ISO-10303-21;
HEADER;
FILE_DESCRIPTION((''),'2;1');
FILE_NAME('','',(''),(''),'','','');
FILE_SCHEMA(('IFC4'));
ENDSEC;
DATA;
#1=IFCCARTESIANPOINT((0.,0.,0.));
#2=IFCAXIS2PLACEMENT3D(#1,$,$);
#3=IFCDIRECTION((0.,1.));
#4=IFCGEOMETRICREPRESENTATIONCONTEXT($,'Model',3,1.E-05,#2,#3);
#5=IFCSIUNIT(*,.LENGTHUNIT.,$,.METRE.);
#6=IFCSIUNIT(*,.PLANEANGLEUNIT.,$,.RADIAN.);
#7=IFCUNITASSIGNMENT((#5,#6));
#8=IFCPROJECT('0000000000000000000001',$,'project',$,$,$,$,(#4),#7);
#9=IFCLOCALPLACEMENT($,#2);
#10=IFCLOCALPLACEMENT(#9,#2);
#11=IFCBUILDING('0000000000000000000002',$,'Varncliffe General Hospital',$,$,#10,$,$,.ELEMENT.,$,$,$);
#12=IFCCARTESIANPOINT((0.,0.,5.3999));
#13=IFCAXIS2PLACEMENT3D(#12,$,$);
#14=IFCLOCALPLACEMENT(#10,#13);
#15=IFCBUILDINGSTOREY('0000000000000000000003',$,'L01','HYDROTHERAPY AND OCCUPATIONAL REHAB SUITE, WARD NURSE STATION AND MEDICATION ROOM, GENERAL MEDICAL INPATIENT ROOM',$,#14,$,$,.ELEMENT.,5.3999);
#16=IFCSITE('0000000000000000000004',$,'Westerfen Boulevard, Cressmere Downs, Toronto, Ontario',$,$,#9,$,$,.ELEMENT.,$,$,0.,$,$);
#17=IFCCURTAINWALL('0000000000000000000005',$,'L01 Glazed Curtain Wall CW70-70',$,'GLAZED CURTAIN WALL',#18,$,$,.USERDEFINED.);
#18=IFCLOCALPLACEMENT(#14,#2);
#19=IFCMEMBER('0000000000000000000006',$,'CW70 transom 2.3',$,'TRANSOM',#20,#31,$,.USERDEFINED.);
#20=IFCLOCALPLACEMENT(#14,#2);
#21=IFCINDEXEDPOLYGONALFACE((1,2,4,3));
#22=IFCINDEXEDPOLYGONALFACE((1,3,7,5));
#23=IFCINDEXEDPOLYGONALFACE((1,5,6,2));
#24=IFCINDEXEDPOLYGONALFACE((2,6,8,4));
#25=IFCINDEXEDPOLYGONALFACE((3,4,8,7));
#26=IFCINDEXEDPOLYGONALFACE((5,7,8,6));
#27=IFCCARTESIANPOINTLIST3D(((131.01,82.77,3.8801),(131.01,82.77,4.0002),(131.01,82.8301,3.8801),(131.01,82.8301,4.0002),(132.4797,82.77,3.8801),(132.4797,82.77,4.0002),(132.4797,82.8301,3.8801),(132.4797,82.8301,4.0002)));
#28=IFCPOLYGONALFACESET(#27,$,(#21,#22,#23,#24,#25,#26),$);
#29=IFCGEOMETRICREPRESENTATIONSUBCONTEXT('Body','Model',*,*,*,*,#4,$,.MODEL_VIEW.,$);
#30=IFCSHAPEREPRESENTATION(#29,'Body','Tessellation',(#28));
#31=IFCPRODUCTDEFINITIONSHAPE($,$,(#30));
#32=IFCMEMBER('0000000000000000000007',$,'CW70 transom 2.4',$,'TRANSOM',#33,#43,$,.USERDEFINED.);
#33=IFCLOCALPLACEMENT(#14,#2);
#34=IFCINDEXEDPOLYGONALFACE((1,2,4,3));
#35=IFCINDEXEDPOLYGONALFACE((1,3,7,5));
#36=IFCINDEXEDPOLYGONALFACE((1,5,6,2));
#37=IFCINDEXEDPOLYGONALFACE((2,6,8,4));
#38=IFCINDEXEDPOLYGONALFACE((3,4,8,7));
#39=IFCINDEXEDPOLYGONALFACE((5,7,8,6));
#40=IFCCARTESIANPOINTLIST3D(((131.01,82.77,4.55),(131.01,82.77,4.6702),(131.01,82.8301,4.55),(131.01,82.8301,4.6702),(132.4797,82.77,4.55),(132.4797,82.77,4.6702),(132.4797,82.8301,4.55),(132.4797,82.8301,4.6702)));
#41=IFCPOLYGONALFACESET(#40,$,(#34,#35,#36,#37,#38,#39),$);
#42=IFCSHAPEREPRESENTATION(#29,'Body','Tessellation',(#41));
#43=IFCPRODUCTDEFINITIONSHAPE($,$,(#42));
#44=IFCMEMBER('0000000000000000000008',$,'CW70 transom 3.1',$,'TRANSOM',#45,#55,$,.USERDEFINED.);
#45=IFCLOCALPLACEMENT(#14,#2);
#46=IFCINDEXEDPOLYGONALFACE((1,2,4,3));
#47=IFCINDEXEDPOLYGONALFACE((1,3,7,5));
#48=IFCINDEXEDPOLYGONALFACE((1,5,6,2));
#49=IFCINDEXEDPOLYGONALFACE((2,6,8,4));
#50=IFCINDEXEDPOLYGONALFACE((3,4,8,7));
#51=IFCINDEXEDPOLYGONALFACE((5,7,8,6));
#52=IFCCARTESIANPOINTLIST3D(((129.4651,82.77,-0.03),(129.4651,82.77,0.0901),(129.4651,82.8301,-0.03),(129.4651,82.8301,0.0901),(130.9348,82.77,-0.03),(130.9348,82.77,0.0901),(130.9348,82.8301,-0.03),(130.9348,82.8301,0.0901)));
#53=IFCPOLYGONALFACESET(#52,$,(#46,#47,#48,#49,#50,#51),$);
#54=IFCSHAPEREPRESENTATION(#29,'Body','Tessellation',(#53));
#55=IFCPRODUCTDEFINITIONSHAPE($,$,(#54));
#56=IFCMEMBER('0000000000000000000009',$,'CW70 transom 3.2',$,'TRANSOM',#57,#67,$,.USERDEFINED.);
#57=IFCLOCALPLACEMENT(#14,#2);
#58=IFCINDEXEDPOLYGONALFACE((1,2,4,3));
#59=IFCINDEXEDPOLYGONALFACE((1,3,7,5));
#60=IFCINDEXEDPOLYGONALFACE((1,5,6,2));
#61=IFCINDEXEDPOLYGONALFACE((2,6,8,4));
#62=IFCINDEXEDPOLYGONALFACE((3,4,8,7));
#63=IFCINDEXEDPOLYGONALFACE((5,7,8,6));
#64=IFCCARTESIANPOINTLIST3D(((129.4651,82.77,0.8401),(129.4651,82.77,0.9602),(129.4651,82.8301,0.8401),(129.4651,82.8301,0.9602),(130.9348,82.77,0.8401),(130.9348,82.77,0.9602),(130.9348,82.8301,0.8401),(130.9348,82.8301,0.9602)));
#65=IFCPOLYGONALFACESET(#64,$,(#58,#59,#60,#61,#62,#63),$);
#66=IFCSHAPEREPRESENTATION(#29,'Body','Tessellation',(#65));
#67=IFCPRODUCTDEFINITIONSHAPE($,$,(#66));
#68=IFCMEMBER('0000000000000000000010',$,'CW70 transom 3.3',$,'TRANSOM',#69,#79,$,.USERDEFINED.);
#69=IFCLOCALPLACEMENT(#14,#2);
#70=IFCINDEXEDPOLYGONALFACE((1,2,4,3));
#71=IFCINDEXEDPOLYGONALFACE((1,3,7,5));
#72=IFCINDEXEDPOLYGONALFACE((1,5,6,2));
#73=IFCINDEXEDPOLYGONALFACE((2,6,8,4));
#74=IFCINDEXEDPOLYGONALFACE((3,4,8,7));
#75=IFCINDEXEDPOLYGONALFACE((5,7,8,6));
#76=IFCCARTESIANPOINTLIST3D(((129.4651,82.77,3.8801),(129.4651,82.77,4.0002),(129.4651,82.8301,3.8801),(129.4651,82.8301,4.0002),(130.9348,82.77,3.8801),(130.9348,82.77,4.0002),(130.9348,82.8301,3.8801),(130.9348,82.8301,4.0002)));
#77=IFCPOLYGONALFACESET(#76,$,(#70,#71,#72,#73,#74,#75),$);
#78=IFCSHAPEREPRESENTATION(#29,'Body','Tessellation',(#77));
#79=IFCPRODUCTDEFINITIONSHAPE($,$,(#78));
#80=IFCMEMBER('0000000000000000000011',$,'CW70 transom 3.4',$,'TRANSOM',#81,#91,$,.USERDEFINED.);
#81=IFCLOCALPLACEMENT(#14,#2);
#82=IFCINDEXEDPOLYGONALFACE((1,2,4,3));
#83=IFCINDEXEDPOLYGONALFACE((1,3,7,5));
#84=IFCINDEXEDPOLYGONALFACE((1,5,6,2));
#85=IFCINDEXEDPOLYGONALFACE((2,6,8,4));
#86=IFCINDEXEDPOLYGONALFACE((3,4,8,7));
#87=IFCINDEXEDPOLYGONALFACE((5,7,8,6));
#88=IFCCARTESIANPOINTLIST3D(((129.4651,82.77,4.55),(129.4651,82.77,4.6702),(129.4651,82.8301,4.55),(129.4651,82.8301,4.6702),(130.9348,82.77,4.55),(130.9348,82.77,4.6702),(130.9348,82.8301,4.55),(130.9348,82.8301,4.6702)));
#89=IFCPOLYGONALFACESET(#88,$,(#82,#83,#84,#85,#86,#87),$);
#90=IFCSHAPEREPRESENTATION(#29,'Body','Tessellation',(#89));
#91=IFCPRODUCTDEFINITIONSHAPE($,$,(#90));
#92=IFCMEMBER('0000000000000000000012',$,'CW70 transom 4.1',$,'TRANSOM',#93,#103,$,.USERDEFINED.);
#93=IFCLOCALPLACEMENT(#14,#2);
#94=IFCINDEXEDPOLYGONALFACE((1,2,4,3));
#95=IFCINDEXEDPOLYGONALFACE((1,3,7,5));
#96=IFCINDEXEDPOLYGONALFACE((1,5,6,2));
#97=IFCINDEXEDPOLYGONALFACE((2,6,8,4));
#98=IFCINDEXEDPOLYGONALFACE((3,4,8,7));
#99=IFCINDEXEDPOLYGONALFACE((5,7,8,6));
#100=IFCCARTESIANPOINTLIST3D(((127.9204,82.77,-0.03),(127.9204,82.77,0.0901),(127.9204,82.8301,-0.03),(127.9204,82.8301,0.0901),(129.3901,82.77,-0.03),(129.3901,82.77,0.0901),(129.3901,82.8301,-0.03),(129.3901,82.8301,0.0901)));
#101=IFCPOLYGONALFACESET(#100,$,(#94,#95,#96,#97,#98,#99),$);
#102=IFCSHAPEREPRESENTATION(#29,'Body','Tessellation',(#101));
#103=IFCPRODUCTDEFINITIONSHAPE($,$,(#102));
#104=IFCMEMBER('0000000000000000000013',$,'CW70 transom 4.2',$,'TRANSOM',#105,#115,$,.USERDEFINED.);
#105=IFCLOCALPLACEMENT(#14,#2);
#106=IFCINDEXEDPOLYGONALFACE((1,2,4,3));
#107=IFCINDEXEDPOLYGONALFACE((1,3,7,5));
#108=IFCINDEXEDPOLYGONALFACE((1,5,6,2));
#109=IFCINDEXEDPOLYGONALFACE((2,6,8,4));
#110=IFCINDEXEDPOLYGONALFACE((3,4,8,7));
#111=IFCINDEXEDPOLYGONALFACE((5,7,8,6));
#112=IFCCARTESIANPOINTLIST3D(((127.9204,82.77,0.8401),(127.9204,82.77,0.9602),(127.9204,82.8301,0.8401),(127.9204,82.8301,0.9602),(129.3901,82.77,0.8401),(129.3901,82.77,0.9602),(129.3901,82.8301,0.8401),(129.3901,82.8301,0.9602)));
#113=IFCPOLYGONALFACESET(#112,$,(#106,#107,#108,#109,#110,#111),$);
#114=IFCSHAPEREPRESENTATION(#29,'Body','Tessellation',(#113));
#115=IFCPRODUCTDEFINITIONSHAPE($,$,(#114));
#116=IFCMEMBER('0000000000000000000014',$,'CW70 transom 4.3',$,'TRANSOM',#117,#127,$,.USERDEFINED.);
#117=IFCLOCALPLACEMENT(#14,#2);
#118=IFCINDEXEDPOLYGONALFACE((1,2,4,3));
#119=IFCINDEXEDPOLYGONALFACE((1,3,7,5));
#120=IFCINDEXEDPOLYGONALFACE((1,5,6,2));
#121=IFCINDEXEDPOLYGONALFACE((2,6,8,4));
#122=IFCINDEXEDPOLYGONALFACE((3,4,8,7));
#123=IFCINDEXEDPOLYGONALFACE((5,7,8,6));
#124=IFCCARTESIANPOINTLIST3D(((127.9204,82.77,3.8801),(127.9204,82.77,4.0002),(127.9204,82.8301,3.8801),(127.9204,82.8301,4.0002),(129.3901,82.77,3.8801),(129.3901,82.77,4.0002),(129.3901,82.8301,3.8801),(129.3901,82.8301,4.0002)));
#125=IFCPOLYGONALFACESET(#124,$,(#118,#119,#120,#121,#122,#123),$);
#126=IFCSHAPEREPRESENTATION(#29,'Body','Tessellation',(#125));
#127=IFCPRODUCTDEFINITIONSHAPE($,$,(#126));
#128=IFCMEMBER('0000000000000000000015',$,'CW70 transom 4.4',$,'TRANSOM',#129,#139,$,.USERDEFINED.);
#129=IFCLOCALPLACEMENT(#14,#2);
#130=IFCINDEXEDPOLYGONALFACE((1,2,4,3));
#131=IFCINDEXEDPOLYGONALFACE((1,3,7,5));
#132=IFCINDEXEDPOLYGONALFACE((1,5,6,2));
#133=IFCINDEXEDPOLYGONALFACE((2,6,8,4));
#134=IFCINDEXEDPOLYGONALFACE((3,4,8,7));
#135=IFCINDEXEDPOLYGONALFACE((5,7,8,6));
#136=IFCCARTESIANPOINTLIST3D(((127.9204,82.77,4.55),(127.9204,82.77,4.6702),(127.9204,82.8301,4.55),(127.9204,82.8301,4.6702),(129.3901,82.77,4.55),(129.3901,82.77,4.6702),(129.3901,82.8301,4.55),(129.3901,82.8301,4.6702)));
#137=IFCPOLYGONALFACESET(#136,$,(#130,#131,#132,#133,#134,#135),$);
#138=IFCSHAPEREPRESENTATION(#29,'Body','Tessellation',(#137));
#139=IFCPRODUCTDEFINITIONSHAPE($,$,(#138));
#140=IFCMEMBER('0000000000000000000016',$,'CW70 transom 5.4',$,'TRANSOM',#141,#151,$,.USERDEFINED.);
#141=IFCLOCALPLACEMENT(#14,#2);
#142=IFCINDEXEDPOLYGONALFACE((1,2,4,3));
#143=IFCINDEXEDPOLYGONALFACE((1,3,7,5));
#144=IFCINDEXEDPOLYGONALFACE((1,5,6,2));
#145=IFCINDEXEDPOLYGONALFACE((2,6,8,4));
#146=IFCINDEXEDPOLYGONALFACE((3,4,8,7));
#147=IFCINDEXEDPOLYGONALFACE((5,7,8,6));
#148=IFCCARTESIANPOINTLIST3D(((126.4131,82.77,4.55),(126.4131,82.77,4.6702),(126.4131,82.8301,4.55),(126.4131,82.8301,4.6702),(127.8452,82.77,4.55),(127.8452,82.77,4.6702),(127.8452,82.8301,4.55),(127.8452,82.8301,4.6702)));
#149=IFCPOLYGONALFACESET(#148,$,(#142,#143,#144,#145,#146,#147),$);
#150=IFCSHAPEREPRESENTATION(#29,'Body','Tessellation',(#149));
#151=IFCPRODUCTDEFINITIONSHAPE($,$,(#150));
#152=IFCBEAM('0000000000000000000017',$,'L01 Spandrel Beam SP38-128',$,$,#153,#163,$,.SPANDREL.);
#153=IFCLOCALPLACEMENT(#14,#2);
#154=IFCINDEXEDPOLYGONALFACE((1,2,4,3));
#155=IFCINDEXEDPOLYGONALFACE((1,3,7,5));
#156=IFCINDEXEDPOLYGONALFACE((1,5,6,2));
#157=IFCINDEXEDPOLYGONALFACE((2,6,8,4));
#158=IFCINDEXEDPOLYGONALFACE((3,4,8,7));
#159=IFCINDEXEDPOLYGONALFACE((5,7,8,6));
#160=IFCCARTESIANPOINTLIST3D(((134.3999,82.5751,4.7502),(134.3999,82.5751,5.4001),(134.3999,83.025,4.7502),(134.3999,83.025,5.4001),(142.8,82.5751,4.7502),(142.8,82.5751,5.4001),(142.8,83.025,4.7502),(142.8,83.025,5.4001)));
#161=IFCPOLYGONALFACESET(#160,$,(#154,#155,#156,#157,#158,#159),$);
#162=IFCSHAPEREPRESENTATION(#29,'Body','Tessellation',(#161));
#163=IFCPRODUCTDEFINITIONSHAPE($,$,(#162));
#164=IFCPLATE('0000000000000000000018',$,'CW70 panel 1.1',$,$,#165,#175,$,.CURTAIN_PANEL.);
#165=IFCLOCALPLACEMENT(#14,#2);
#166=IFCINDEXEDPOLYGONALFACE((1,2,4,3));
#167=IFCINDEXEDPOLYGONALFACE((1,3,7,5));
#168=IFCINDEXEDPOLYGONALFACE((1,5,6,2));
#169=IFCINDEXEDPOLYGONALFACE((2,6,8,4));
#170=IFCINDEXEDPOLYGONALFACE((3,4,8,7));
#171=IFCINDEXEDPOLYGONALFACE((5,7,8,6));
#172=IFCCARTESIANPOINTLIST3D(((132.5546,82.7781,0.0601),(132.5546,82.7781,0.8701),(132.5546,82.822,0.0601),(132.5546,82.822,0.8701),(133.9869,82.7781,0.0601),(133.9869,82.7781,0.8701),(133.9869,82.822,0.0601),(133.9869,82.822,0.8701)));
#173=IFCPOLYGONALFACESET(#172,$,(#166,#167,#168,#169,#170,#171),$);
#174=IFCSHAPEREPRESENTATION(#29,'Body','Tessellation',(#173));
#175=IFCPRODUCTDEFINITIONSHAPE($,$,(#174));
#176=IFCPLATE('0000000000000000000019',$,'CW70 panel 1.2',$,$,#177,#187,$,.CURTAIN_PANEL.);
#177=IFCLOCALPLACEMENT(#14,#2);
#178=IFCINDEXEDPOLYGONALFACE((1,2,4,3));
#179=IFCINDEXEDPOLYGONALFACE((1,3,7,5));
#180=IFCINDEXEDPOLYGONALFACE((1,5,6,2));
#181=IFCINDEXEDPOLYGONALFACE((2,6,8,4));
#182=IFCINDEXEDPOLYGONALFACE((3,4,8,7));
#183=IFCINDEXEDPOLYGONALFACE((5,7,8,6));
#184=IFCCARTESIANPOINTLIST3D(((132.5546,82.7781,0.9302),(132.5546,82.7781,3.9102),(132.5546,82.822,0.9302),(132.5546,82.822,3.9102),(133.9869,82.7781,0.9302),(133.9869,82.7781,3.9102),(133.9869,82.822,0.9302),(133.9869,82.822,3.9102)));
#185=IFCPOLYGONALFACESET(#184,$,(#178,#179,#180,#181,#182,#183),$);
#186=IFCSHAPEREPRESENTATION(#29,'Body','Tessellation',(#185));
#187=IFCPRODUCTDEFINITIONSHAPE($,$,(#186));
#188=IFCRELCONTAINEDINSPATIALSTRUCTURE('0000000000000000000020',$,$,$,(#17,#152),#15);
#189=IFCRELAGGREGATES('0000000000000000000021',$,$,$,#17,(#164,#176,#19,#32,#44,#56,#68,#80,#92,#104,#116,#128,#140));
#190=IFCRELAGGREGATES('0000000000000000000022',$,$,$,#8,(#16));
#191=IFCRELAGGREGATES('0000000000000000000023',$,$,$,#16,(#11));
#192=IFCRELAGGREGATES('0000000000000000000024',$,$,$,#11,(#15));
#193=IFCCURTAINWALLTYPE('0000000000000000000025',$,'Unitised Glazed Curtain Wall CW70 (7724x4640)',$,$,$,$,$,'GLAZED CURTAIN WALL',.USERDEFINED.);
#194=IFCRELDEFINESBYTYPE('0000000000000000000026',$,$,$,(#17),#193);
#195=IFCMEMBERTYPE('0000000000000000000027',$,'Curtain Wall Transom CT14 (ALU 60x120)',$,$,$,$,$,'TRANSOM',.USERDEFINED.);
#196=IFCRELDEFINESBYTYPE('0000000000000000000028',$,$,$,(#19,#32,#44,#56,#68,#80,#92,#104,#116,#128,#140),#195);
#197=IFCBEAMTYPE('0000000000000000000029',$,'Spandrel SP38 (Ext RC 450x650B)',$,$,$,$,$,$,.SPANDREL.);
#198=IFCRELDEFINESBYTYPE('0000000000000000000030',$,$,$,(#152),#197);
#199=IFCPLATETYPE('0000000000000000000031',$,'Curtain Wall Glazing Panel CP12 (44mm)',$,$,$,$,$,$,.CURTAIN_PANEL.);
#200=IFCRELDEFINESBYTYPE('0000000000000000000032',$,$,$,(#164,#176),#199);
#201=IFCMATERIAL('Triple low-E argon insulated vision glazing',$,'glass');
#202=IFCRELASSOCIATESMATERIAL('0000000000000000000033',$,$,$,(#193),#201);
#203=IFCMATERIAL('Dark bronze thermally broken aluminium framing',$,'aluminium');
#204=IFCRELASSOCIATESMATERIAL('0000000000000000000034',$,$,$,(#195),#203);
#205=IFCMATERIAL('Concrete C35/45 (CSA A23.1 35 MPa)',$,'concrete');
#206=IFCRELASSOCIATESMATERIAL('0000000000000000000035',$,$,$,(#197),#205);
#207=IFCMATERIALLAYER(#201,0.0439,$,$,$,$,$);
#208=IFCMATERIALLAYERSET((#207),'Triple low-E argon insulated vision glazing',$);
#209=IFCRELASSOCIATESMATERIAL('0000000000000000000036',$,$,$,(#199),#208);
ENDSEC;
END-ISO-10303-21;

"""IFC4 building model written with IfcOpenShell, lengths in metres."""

from ifc_helpers import new_model, si_unit, direction, frame, origin, origin_2d, place, context, subcontext, project, spatial, rectangle, extrude, material, layer, layer_set, material_profile, profile_set, type_object, element, aggregate, save


model = new_model("IFC4")

# Units and contexts
model_context = context("Model", 3, precision=1e-05, world=origin(), true_north=direction((0.0, 1.0)))
body_context = subcontext(model_context, "Body", "Model", "MODEL_VIEW")
ifc_project = project(units=[si_unit("LENGTHUNIT", "METRE"), si_unit("PLANEANGLEUNIT", "RADIAN")], contexts=[model_context])

# Site, building, storey
site_placement = place(None, origin())
site = spatial("IfcSite", under=ifc_project, at=site_placement, Name="Westerfen Boulevard, Cressmere Downs, Toronto, Ontario", CompositionType="ELEMENT", RefElevation=0.0)
building_placement = place(site_placement, origin())
building = spatial("IfcBuilding", under=site, at=building_placement, Name="Varncliffe General Hospital", CompositionType="ELEMENT")
storey_placement = place(building_placement, frame((0.0, 0.0, 5.3999)))
storey = spatial("IfcBuildingStorey", under=building, at=storey_placement, Name="L01", Description="HYDROTHERAPY AND OCCUPATIONAL REHAB SUITE, WARD NURSE STATION AND MEDICATION ROOM, GENERAL MEDICAL INPATIENT ROOM", CompositionType="ELEMENT", Elevation=5.3999)

# Shared definitions
ifc_material_1 = material(Name="Concrete C35/45 (CSA A23.1 35 MPa)", Category="concrete")

# Curtain wall
ifc_material_2 = material(Name="Triple low-E argon insulated vision glazing", Category="glass")
curtain_wall_type_1 = type_object("IfcCurtainWallType", Name="Unitised Glazed Curtain Wall CW70 (7724x4640)", ElementType="GLAZED CURTAIN WALL", PredefinedType="USERDEFINED", material=ifc_material_2)
curtain_wall_1_placement = place(storey_placement, origin())
curtain_wall_1 = element("IfcCurtainWall", 1, at=curtain_wall_1_placement, inside=storey, type_object=curtain_wall_type_1, Name="L01 Glazed Curtain Wall CW70-70", ObjectType="GLAZED CURTAIN WALL", PredefinedType="USERDEFINED")
ifc_material_3 = material(Name="Dark bronze thermally broken aluminium framing", Category="aluminium")

# Members
ifc_material_profile_1 = material_profile(ifc_material_3, rectangle(XDim=0.0601, YDim=0.1201, at=origin_2d()), Name="ALU 60x120")
ifc_profile_set_1 = profile_set([ifc_material_profile_1], Name="Dark bronze thermally broken aluminium framing")
member_type_1 = type_object("IfcMemberType", Name="Curtain Wall Transom CT14 (ALU 60x120)", ElementType="TRANSOM", PredefinedType="USERDEFINED", material=ifc_profile_set_1)
member_1_placement = place(storey_placement, frame((132.4797, 82.8, 3.9402), z_axis=(-1.0, 0.0, 0.0), x_axis=(0.0, -1.0, 0.0)))
member_1 = element("IfcMember", 2, at=member_1_placement, type_object=member_type_1, Name="CW70 transom 2.3", ObjectType="TRANSOM", PredefinedType="USERDEFINED", context=body_context, shape_type="SweptSolid", body=[
    extrude(rectangle(XDim=0.0601, YDim=0.1201, at=origin_2d()), origin(), (0.0, 0.0, 1.0), 1.4697),
])
member_2_placement = place(storey_placement, frame((132.4797, 82.8, 4.6101), z_axis=(-1.0, 0.0, 0.0), x_axis=(0.0, -1.0, 0.0)))
member_2 = element("IfcMember", 3, at=member_2_placement, type_object=member_type_1, Name="CW70 transom 2.4", ObjectType="TRANSOM", PredefinedType="USERDEFINED", context=body_context, shape_type="SweptSolid", body=[
    extrude(rectangle(XDim=0.0601, YDim=0.1201, at=origin_2d()), origin(), (0.0, 0.0, 1.0), 1.4697),
])
member_3_placement = place(storey_placement, frame((130.9348, 82.8, 0.03), z_axis=(-1.0, 0.0, 0.0), x_axis=(0.0, -1.0, 0.0)))
member_3 = element("IfcMember", 4, at=member_3_placement, type_object=member_type_1, Name="CW70 transom 3.1", ObjectType="TRANSOM", PredefinedType="USERDEFINED", context=body_context, shape_type="SweptSolid", body=[
    extrude(rectangle(XDim=0.0601, YDim=0.1201, at=origin_2d()), origin(), (0.0, 0.0, 1.0), 1.4697),
])
member_4_placement = place(storey_placement, frame((130.9348, 82.8, 0.9001), z_axis=(-1.0, 0.0, 0.0), x_axis=(0.0, -1.0, 0.0)))
member_4 = element("IfcMember", 5, at=member_4_placement, type_object=member_type_1, Name="CW70 transom 3.2", ObjectType="TRANSOM", PredefinedType="USERDEFINED", context=body_context, shape_type="SweptSolid", body=[
    extrude(rectangle(XDim=0.0601, YDim=0.1201, at=origin_2d()), origin(), (0.0, 0.0, 1.0), 1.4697),
])
member_5_placement = place(storey_placement, frame((130.9348, 82.8, 3.9402), z_axis=(-1.0, 0.0, 0.0), x_axis=(0.0, -1.0, 0.0)))
member_5 = element("IfcMember", 6, at=member_5_placement, type_object=member_type_1, Name="CW70 transom 3.3", ObjectType="TRANSOM", PredefinedType="USERDEFINED", context=body_context, shape_type="SweptSolid", body=[
    extrude(rectangle(XDim=0.0601, YDim=0.1201, at=origin_2d()), origin(), (0.0, 0.0, 1.0), 1.4697),
])
member_6_placement = place(storey_placement, frame((130.9348, 82.8, 4.6101), z_axis=(-1.0, 0.0, 0.0), x_axis=(0.0, -1.0, 0.0)))
member_6 = element("IfcMember", 7, at=member_6_placement, type_object=member_type_1, Name="CW70 transom 3.4", ObjectType="TRANSOM", PredefinedType="USERDEFINED", context=body_context, shape_type="SweptSolid", body=[
    extrude(rectangle(XDim=0.0601, YDim=0.1201, at=origin_2d()), origin(), (0.0, 0.0, 1.0), 1.4697),
])
member_7_placement = place(storey_placement, frame((129.3901, 82.8, 0.03), z_axis=(-1.0, 0.0, 0.0), x_axis=(0.0, -1.0, 0.0)))
member_7 = element("IfcMember", 8, at=member_7_placement, type_object=member_type_1, Name="CW70 transom 4.1", ObjectType="TRANSOM", PredefinedType="USERDEFINED", context=body_context, shape_type="SweptSolid", body=[
    extrude(rectangle(XDim=0.0601, YDim=0.1201, at=origin_2d()), origin(), (0.0, 0.0, 1.0), 1.4697),
])
member_8_placement = place(storey_placement, frame((129.3901, 82.8, 0.9001), z_axis=(-1.0, 0.0, 0.0), x_axis=(0.0, -1.0, 0.0)))
member_8 = element("IfcMember", 9, at=member_8_placement, type_object=member_type_1, Name="CW70 transom 4.2", ObjectType="TRANSOM", PredefinedType="USERDEFINED", context=body_context, shape_type="SweptSolid", body=[
    extrude(rectangle(XDim=0.0601, YDim=0.1201, at=origin_2d()), origin(), (0.0, 0.0, 1.0), 1.4697),
])
member_9_placement = place(storey_placement, frame((129.3901, 82.8, 3.9402), z_axis=(-1.0, 0.0, 0.0), x_axis=(0.0, -1.0, 0.0)))
member_9 = element("IfcMember", 10, at=member_9_placement, type_object=member_type_1, Name="CW70 transom 4.3", ObjectType="TRANSOM", PredefinedType="USERDEFINED", context=body_context, shape_type="SweptSolid", body=[
    extrude(rectangle(XDim=0.0601, YDim=0.1201, at=origin_2d()), origin(), (0.0, 0.0, 1.0), 1.4697),
])
member_10_placement = place(storey_placement, frame((129.3901, 82.8, 4.6101), z_axis=(-1.0, 0.0, 0.0), x_axis=(0.0, -1.0, 0.0)))
member_10 = element("IfcMember", 11, at=member_10_placement, type_object=member_type_1, Name="CW70 transom 4.4", ObjectType="TRANSOM", PredefinedType="USERDEFINED", context=body_context, shape_type="SweptSolid", body=[
    extrude(rectangle(XDim=0.0601, YDim=0.1201, at=origin_2d()), origin(), (0.0, 0.0, 1.0), 1.4697),
])
member_11_placement = place(storey_placement, frame((127.8452, 82.8, 4.6101), z_axis=(-1.0, 0.0, 0.0), x_axis=(0.0, -1.0, 0.0)))
member_11 = element("IfcMember", 12, at=member_11_placement, type_object=member_type_1, Name="CW70 transom 5.4", ObjectType="TRANSOM", PredefinedType="USERDEFINED", context=body_context, shape_type="SweptSolid", body=[
    extrude(rectangle(XDim=0.0601, YDim=0.1201, at=origin_2d()), origin(), (0.0, 0.0, 1.0), 1.4321),
])

# Beam
ifc_material_profile_2 = material_profile(ifc_material_1, rectangle(XDim=0.45, YDim=0.6499, at=origin_2d()), Name="RC 450x650")
ifc_profile_set_2 = profile_set([ifc_material_profile_2], Name="Concrete C35/45 (CSA A23.1 35 MPa)")
beam_type_1 = type_object("IfcBeamType", Name="Spandrel SP38 (Ext RC 450x650B)", PredefinedType="SPANDREL", material=ifc_profile_set_2)
beam_1_placement = place(storey_placement, frame((134.3999, 82.8, 5.0752), z_axis=(1.0, 0.0, 0.0), x_axis=(0.0, 1.0, 0.0)))
element("IfcBeam", 13, at=beam_1_placement, inside=storey, type_object=beam_type_1, Name="L01 Spandrel Beam SP38-128", PredefinedType="SPANDREL", context=body_context, shape_type="SweptSolid", body=[
    extrude(rectangle(XDim=0.45, YDim=0.6499, at=origin_2d()), origin(), (0.0, 0.0, 1.0), 8.4001),
])

# Plates
ifc_layer_1 = layer(ifc_material_2, 0.0439)
ifc_layer_set_1 = layer_set([ifc_layer_1], Name="Triple low-E argon insulated vision glazing")
plate_type_1 = type_object("IfcPlateType", Name="Curtain Wall Glazing Panel CP12 (44mm)", PredefinedType="CURTAIN_PANEL", material=ifc_layer_set_1)
plate_1_placement = place(storey_placement, frame((133.2708, 82.8, 0.0601), z_axis=(0.0, 0.0, 1.0), x_axis=(-1.0, 0.0, 0.0)))
plate_1 = element("IfcPlate", 14, at=plate_1_placement, type_object=plate_type_1, Name="CW70 panel 1.1", PredefinedType="CURTAIN_PANEL", context=body_context, shape_type="SweptSolid", body=[
    extrude(rectangle(XDim=1.4324, YDim=0.0439, at=origin_2d()), origin(), (0.0, 0.0, 1.0), 0.8101),
])
plate_2_placement = place(storey_placement, frame((133.2708, 82.8, 0.9302), z_axis=(0.0, 0.0, 1.0), x_axis=(-1.0, 0.0, 0.0)))
plate_2 = element("IfcPlate", 15, at=plate_2_placement, type_object=plate_type_1, Name="CW70 panel 1.2", PredefinedType="CURTAIN_PANEL", context=body_context, shape_type="SweptSolid", body=[
    extrude(rectangle(XDim=1.4324, YDim=0.0439, at=origin_2d()), origin(), (0.0, 0.0, 1.0), 2.98),
])
aggregate(curtain_wall_1, [plate_1, plate_2, member_1, member_2, member_3, member_4, member_5, member_6, member_7, member_8, member_9, member_10, member_11])

save(model, "model.ifc")
